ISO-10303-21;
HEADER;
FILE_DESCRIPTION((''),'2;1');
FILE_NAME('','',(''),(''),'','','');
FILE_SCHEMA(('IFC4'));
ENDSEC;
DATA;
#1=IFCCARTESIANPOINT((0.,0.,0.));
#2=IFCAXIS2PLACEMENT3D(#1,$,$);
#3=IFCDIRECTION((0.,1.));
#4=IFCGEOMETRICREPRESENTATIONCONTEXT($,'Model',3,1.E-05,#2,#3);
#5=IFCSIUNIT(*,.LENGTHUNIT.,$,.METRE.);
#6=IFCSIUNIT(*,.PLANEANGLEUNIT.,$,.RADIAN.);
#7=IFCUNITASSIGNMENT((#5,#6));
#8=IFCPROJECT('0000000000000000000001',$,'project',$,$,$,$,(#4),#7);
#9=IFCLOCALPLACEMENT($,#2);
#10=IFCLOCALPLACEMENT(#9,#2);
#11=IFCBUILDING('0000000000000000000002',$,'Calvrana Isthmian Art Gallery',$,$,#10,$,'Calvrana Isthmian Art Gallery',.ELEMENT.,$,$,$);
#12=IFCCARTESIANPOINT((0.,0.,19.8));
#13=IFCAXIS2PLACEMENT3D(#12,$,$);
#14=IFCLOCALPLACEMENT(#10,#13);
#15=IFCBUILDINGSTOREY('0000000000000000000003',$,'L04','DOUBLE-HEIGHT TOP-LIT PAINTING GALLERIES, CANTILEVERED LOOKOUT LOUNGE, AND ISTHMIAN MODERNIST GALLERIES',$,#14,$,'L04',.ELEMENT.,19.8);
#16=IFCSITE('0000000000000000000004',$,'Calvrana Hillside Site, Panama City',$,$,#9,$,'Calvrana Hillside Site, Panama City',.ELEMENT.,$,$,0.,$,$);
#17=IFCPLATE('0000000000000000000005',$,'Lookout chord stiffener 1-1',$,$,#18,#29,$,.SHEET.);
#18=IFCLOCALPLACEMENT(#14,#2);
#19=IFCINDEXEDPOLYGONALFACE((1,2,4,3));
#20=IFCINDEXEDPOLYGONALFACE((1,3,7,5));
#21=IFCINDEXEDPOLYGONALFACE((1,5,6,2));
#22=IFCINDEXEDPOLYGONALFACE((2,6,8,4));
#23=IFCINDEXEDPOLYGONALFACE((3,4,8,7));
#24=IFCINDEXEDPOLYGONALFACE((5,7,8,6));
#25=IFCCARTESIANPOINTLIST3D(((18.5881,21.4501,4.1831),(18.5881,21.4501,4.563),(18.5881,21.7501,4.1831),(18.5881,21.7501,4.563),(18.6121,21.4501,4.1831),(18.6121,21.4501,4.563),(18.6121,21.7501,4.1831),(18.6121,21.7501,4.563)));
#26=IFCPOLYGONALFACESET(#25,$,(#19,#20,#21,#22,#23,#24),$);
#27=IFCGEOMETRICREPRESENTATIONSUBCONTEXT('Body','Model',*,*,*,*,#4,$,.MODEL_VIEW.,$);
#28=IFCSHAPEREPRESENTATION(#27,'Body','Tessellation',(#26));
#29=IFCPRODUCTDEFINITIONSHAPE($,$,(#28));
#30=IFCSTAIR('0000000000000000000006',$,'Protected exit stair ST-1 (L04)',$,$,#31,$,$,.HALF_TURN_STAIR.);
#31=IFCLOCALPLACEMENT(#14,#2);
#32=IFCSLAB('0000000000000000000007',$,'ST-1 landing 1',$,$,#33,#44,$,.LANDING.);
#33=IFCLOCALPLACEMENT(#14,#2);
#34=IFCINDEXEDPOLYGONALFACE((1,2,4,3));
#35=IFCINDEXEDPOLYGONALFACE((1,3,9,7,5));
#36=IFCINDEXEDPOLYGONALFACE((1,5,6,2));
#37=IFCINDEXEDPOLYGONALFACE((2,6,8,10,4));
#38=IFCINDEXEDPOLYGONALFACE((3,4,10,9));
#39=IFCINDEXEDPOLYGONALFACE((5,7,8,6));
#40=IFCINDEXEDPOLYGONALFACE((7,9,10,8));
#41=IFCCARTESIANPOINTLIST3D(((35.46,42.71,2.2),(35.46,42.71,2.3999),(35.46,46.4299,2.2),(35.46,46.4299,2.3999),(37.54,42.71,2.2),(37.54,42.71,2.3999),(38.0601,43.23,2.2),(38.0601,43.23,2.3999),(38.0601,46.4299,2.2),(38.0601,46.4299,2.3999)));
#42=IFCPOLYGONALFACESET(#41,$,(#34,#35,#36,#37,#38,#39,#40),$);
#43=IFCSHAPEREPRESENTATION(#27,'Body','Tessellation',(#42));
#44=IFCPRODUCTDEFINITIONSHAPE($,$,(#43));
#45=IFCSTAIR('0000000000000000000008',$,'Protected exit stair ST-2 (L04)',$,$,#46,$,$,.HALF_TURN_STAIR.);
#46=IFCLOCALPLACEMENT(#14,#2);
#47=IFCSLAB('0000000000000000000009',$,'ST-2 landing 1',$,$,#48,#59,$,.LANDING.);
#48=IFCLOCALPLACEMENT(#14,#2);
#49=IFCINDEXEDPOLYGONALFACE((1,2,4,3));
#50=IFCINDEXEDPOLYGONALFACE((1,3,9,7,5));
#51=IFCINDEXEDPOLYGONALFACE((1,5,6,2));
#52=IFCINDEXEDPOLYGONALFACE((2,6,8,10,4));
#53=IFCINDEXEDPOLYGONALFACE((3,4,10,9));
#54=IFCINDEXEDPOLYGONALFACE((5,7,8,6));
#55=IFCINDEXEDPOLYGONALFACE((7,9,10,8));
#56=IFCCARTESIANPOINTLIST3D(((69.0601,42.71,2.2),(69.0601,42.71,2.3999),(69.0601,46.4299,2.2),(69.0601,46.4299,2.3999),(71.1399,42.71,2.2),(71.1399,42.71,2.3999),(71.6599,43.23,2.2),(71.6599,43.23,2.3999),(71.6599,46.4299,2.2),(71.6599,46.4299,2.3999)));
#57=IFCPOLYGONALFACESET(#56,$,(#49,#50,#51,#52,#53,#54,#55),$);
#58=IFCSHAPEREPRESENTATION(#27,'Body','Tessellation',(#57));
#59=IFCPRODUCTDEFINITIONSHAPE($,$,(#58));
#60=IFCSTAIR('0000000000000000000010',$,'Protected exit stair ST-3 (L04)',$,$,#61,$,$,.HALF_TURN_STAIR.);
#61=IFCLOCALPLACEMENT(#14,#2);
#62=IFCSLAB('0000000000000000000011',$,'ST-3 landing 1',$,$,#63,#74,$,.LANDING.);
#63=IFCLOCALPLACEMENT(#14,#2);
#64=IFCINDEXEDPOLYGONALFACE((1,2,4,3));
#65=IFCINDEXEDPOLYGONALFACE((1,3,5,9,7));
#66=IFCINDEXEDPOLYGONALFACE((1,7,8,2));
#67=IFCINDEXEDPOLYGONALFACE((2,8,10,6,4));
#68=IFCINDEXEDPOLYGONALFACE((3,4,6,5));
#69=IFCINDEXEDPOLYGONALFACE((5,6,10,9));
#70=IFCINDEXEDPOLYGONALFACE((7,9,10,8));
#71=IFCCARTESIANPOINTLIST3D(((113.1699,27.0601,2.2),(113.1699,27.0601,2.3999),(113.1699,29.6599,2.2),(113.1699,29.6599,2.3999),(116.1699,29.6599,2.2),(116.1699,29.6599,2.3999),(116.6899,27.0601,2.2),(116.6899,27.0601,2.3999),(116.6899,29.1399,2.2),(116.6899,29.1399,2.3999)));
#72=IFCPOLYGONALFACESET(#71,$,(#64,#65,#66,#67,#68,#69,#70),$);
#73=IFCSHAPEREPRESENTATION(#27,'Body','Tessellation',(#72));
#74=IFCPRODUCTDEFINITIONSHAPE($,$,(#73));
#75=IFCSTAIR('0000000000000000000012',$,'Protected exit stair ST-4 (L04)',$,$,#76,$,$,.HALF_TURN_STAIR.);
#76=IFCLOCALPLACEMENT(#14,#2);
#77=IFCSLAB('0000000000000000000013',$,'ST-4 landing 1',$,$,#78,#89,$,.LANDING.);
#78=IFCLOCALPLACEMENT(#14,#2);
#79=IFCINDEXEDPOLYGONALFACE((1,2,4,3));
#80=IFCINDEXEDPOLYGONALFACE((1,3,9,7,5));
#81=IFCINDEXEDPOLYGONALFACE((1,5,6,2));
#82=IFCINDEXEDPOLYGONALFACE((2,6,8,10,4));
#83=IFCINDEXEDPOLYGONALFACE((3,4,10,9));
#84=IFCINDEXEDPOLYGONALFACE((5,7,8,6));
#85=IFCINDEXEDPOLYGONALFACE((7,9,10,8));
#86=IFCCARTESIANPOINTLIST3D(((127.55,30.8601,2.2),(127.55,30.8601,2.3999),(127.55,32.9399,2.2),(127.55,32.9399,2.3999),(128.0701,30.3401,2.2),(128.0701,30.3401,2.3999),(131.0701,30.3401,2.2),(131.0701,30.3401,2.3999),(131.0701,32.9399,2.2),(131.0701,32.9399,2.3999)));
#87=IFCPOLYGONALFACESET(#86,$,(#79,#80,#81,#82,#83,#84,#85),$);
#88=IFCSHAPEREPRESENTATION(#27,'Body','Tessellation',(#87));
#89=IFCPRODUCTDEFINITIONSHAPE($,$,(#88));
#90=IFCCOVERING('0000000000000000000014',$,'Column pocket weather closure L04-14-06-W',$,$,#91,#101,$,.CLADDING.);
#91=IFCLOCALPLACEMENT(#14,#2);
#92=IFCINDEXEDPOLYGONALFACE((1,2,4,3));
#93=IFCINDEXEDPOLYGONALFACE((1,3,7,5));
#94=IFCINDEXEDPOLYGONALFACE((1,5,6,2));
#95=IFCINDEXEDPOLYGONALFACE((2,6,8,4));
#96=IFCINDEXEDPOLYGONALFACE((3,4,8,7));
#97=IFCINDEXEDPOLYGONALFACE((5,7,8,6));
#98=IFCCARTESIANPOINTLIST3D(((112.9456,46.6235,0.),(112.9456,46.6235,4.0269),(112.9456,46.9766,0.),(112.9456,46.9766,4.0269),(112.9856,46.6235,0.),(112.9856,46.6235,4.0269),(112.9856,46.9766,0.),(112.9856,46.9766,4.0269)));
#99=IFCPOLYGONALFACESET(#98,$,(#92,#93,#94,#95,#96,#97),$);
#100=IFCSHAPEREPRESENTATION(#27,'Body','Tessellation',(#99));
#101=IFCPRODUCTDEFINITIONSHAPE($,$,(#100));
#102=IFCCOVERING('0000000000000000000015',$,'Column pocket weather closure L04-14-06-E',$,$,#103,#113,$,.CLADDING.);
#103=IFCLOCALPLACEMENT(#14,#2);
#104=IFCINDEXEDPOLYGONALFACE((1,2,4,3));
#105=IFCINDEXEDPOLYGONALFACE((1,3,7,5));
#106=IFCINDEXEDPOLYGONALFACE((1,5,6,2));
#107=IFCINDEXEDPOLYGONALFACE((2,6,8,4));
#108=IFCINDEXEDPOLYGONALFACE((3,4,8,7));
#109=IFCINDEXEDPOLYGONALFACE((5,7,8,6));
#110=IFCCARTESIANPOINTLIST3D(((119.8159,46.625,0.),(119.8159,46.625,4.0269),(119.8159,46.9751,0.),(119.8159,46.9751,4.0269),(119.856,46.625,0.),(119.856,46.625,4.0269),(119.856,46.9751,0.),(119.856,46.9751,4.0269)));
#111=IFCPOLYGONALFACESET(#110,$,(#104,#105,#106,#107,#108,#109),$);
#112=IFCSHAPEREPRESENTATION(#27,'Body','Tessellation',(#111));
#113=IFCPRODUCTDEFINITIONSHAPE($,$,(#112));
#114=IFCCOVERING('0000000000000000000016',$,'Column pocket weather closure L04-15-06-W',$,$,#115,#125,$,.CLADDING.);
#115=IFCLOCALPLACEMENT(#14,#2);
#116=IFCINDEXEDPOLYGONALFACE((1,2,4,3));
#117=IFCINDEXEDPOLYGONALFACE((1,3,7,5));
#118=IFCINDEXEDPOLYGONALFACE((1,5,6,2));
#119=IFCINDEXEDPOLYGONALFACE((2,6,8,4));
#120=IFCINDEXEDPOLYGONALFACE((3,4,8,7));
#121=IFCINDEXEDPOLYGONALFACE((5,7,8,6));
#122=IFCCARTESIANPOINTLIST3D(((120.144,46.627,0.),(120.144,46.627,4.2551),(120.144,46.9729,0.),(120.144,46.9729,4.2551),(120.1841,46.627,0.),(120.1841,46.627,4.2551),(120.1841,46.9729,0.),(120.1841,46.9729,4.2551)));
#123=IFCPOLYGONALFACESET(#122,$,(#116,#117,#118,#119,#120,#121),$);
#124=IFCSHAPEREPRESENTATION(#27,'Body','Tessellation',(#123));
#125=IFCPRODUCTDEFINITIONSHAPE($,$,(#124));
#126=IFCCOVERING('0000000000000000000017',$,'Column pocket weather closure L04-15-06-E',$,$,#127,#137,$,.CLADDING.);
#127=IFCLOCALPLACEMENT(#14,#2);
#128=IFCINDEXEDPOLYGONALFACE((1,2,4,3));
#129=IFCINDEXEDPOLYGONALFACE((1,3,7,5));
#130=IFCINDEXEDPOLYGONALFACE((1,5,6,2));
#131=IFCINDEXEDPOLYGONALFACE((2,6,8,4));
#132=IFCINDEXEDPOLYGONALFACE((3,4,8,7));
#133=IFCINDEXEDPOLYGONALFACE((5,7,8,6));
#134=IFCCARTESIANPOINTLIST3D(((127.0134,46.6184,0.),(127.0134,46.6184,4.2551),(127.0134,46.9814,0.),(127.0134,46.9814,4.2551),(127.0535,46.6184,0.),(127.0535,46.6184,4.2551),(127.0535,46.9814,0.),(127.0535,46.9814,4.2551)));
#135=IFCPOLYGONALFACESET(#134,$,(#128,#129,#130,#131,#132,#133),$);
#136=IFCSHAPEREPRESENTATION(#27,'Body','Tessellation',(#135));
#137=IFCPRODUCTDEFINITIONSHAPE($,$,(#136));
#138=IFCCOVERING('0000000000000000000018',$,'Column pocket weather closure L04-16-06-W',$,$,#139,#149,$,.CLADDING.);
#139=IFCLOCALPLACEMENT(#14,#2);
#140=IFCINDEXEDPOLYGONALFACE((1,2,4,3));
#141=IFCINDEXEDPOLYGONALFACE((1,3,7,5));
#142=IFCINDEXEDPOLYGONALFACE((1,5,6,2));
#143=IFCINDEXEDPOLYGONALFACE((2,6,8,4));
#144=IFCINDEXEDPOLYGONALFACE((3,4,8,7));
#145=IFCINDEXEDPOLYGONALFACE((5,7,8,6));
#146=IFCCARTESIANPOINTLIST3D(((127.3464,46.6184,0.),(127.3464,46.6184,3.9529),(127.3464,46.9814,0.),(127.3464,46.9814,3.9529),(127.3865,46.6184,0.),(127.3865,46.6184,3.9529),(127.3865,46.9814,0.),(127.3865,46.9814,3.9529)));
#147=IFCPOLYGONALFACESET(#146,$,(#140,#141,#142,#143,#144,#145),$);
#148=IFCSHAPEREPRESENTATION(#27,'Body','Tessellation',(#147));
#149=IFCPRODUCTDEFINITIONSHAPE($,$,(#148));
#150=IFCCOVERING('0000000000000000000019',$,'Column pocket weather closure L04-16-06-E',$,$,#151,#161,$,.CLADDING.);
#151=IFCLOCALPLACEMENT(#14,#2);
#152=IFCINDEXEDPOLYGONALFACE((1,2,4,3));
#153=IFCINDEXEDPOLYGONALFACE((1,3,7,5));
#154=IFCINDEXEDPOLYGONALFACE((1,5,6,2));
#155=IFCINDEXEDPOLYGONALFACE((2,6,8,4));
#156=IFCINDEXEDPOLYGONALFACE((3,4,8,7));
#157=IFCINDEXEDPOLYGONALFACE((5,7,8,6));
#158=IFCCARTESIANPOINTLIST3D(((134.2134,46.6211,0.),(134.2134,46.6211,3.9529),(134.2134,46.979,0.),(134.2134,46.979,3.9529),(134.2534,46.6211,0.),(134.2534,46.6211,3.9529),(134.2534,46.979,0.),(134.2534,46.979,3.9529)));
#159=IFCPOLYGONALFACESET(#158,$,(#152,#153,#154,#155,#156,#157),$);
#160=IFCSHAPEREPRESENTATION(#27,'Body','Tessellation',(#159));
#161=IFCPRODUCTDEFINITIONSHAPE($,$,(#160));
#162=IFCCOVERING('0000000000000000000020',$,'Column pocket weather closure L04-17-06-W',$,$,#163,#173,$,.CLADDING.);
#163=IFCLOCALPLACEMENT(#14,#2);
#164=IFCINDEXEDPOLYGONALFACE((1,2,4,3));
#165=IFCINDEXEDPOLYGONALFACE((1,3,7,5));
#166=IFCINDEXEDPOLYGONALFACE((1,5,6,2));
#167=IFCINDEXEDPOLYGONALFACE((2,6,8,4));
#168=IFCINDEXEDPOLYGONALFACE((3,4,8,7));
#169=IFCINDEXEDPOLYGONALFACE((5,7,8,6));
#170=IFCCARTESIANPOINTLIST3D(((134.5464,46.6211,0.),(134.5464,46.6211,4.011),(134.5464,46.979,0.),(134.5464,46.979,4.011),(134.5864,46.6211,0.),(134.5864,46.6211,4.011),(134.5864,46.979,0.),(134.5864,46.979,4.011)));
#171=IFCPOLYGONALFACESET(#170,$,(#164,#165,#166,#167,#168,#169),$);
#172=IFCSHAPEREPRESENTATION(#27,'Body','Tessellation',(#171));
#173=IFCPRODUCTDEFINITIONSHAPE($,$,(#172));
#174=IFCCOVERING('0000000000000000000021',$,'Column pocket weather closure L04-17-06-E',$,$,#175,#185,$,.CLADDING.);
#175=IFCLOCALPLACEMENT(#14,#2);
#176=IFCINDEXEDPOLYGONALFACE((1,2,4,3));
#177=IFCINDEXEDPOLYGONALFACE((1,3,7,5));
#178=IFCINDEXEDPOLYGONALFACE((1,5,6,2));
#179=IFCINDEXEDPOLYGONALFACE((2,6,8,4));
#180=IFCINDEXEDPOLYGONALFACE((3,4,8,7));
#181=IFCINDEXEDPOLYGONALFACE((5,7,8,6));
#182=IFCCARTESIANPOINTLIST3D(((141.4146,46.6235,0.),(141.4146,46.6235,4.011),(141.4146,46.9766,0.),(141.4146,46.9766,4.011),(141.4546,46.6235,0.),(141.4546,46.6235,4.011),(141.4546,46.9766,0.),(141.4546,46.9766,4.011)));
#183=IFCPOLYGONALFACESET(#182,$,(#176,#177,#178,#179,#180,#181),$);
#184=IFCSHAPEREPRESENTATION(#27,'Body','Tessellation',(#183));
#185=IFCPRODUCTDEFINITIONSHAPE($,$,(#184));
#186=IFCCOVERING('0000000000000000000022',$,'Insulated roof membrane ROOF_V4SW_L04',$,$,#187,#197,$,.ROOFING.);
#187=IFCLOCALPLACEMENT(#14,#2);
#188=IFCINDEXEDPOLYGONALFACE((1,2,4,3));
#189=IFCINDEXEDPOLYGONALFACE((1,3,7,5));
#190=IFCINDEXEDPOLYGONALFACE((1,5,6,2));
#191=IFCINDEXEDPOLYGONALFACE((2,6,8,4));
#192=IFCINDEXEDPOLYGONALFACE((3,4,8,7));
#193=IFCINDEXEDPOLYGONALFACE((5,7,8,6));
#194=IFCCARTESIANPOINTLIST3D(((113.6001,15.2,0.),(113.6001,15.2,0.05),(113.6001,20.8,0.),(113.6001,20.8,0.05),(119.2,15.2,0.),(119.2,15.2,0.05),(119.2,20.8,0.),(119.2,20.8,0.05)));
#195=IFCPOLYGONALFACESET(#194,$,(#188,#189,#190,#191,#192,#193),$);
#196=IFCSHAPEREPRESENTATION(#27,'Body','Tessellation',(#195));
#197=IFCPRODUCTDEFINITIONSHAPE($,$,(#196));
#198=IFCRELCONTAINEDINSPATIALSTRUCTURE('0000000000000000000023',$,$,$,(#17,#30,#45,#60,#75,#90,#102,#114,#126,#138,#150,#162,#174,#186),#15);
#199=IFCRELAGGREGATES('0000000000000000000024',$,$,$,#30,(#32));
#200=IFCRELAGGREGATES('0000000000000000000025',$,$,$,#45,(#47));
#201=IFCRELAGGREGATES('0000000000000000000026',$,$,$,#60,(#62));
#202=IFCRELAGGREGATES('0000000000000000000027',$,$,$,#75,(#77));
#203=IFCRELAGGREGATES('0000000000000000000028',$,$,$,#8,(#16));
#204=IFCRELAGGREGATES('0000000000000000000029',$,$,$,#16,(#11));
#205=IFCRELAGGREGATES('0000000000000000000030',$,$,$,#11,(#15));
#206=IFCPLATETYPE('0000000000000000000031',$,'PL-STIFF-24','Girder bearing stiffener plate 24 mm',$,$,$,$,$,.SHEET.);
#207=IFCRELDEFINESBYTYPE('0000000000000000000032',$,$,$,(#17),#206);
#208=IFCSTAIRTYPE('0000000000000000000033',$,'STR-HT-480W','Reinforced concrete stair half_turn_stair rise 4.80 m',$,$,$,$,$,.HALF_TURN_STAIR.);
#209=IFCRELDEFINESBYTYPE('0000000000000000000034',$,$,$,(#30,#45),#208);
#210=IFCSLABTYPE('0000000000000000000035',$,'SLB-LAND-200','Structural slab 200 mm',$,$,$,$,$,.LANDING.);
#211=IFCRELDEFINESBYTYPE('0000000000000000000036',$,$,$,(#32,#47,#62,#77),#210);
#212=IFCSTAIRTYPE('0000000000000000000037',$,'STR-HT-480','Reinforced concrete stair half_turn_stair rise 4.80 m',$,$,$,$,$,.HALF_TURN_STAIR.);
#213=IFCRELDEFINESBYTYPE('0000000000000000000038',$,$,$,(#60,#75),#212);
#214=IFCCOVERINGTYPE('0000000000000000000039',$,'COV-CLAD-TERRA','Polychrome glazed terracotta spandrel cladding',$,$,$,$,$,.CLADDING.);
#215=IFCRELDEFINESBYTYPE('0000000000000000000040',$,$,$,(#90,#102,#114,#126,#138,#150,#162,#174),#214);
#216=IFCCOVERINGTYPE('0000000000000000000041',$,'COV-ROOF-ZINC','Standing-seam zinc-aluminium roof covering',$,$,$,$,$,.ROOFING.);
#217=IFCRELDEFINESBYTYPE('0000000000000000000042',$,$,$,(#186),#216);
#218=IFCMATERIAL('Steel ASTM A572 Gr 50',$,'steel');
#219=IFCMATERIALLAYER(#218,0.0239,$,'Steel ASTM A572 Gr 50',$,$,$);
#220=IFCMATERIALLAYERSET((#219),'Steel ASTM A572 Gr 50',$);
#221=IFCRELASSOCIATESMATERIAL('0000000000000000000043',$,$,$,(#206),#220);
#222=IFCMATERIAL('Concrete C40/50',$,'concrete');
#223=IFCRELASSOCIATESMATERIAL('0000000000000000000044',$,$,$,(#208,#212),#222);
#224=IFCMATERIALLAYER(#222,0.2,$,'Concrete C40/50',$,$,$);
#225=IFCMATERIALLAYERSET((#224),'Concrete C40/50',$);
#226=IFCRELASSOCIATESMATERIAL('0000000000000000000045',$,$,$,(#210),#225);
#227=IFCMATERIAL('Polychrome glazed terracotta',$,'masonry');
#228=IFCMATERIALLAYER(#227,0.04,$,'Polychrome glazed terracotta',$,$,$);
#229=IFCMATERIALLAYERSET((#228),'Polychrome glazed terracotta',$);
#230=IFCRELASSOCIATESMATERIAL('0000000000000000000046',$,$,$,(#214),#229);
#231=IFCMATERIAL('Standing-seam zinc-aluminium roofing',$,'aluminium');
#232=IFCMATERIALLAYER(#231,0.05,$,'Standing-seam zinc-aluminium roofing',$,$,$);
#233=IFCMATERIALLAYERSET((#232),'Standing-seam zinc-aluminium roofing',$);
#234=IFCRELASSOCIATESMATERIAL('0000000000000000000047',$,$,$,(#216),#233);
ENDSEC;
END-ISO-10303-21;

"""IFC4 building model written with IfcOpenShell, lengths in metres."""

from ifc_helpers import new_model, si_unit, direction, frame, origin, origin_2d, place, context, subcontext, project, spatial, polyline, rectangle, outline, extrude, material, layer, layer_set, type_object, element, aggregate, save


model = new_model("IFC4")

# Units and contexts
model_context = context("Model", 3, precision=1e-05, world=origin(), true_north=direction((0.0, 1.0)))
body_context = subcontext(model_context, "Body", "Model", "MODEL_VIEW")
ifc_project = project(units=[si_unit("LENGTHUNIT", "METRE"), si_unit("PLANEANGLEUNIT", "RADIAN")], contexts=[model_context])

# Site, building, storey
site_placement = place(None, origin())
site = spatial("IfcSite", under=ifc_project, at=site_placement, Name="Calvrana Hillside Site, Panama City", LongName="Calvrana Hillside Site, Panama City", CompositionType="ELEMENT", RefElevation=0.0)
building_placement = place(site_placement, origin())
building = spatial("IfcBuilding", under=site, at=building_placement, Name="Calvrana Isthmian Art Gallery", LongName="Calvrana Isthmian Art Gallery", CompositionType="ELEMENT")
storey_placement = place(building_placement, frame((0.0, 0.0, 19.8)))
storey = spatial("IfcBuildingStorey", under=building, at=storey_placement, Name="L04", Description="DOUBLE-HEIGHT TOP-LIT PAINTING GALLERIES, CANTILEVERED LOOKOUT LOUNGE, AND ISTHMIAN MODERNIST GALLERIES", LongName="L04", CompositionType="ELEMENT", Elevation=19.8)

# Plate
ifc_material_1 = material(Name="Steel ASTM A572 Gr 50", Category="steel")
ifc_layer_1 = layer(ifc_material_1, 0.0239, Name="Steel ASTM A572 Gr 50")
ifc_layer_set_1 = layer_set([ifc_layer_1], Name="Steel ASTM A572 Gr 50")
plate_type_1 = type_object("IfcPlateType", Name="PL-STIFF-24", Description="Girder bearing stiffener plate 24 mm", PredefinedType="SHEET", material=ifc_layer_set_1)
plate_1_placement = place(storey_placement, frame((18.6001, 21.6001, 4.1831), z_axis=(0.0, 0.0, 1.0), x_axis=(1.0, 0.0, 0.0)))
element("IfcPlate", 1, at=plate_1_placement, inside=storey, type_object=plate_type_1, Name="Lookout chord stiffener 1-1", PredefinedType="SHEET", context=body_context, shape_type="SweptSolid", body=[
    extrude(rectangle(XDim=0.0239, YDim=0.3, at=origin_2d()), origin(), (0.0, 0.0, 1.0), 0.3799),
])

# Stairs, slabs
ifc_material_2 = material(Name="Concrete C40/50", Category="concrete")
stair_type_1 = type_object("IfcStairType", Name="STR-HT-480W", Description="Reinforced concrete stair half_turn_stair rise 4.80 m", PredefinedType="HALF_TURN_STAIR", material=ifc_material_2)
stair_1_placement = place(storey_placement, origin())
stair_1 = element("IfcStair", 2, at=stair_1_placement, inside=storey, type_object=stair_type_1, Name="Protected exit stair ST-1 (L04)", PredefinedType="HALF_TURN_STAIR")
ifc_layer_2 = layer(ifc_material_2, 0.2, Name="Concrete C40/50")
ifc_layer_set_2 = layer_set([ifc_layer_2], Name="Concrete C40/50")
slab_type = type_object("IfcSlabType", Name="SLB-LAND-200", Description="Structural slab 200 mm", PredefinedType="LANDING", material=ifc_layer_set_2)
slab_1_placement = place(storey_placement, frame((0.0, 0.0, 2.2)))
slab_1 = element("IfcSlab", 3, at=slab_1_placement, type_object=slab_type, Name="ST-1 landing 1", PredefinedType="LANDING", context=body_context, shape_type="SweptSolid", body=[
    extrude(outline(polyline([(35.46, 42.71), (37.54, 42.71), (38.0601, 43.23), (38.0601, 46.4299), (35.46, 46.4299), (35.46, 42.71)])), origin(), (0.0, 0.0, 1.0), 0.2),
])
aggregate(stair_1, [slab_1])
stair_2_placement = place(storey_placement, origin())
stair_2 = element("IfcStair", 4, at=stair_2_placement, inside=storey, type_object=stair_type_1, Name="Protected exit stair ST-2 (L04)", PredefinedType="HALF_TURN_STAIR")
slab_2_placement = place(storey_placement, frame((0.0, 0.0, 2.2)))
slab_2 = element("IfcSlab", 5, at=slab_2_placement, type_object=slab_type, Name="ST-2 landing 1", PredefinedType="LANDING", context=body_context, shape_type="SweptSolid", body=[
    extrude(outline(polyline([(69.0601, 42.71), (71.1399, 42.71), (71.6599, 43.23), (71.6599, 46.4299), (69.0601, 46.4299), (69.0601, 42.71)])), origin(), (0.0, 0.0, 1.0), 0.2),
])
aggregate(stair_2, [slab_2])
stair_type_2 = type_object("IfcStairType", Name="STR-HT-480", Description="Reinforced concrete stair half_turn_stair rise 4.80 m", PredefinedType="HALF_TURN_STAIR", material=ifc_material_2)
stair_3_placement = place(storey_placement, origin())
stair_3 = element("IfcStair", 6, at=stair_3_placement, inside=storey, type_object=stair_type_2, Name="Protected exit stair ST-3 (L04)", PredefinedType="HALF_TURN_STAIR")
slab_3_placement = place(storey_placement, frame((0.0, 0.0, 2.2)))
slab_3 = element("IfcSlab", 7, at=slab_3_placement, type_object=slab_type, Name="ST-3 landing 1", PredefinedType="LANDING", context=body_context, shape_type="SweptSolid", body=[
    extrude(outline(polyline([(116.6899, 27.0601), (116.6899, 29.1399), (116.1699, 29.6599), (113.1699, 29.6599), (113.1699, 27.0601), (116.6899, 27.0601)])), origin(), (0.0, 0.0, 1.0), 0.2),
])
aggregate(stair_3, [slab_3])
stair_4_placement = place(storey_placement, origin())
stair_4 = element("IfcStair", 8, at=stair_4_placement, inside=storey, type_object=stair_type_2, Name="Protected exit stair ST-4 (L04)", PredefinedType="HALF_TURN_STAIR")
slab_4_placement = place(storey_placement, frame((0.0, 0.0, 2.2)))
slab_4 = element("IfcSlab", 9, at=slab_4_placement, type_object=slab_type, Name="ST-4 landing 1", PredefinedType="LANDING", context=body_context, shape_type="SweptSolid", body=[
    extrude(outline(polyline([(127.55, 32.9399), (127.55, 30.8601), (128.0701, 30.3401), (131.0701, 30.3401), (131.0701, 32.9399), (127.55, 32.9399)])), origin(), (0.0, 0.0, 1.0), 0.2),
])
aggregate(stair_4, [slab_4])

# Coverings
ifc_material_3 = material(Name="Polychrome glazed terracotta", Category="masonry")
ifc_layer_3 = layer(ifc_material_3, 0.04, Name="Polychrome glazed terracotta")
ifc_layer_set_3 = layer_set([ifc_layer_3], Name="Polychrome glazed terracotta")
covering_type_1 = type_object("IfcCoveringType", Name="COV-CLAD-TERRA", Description="Polychrome glazed terracotta spandrel cladding", PredefinedType="CLADDING", material=ifc_layer_set_3)
covering_1_placement = place(storey_placement, origin())
element("IfcCovering", 10, at=covering_1_placement, inside=storey, type_object=covering_type_1, Name="Column pocket weather closure L04-14-06-W", PredefinedType="CLADDING", context=body_context, shape_type="SweptSolid", body=[
    extrude(outline(polyline([(112.9456, 46.6235), (112.9856, 46.6235), (112.9856, 46.9766), (112.9456, 46.9766), (112.9456, 46.6235)])), origin(), (0.0, 0.0, 1.0), 4.0269),
])
covering_2_placement = place(storey_placement, origin())
element("IfcCovering", 11, at=covering_2_placement, inside=storey, type_object=covering_type_1, Name="Column pocket weather closure L04-14-06-E", PredefinedType="CLADDING", context=body_context, shape_type="SweptSolid", body=[
    extrude(outline(polyline([(119.8159, 46.625), (119.856, 46.625), (119.856, 46.9751), (119.8159, 46.9751), (119.8159, 46.625)])), origin(), (0.0, 0.0, 1.0), 4.0269),
])
covering_3_placement = place(storey_placement, origin())
element("IfcCovering", 12, at=covering_3_placement, inside=storey, type_object=covering_type_1, Name="Column pocket weather closure L04-15-06-W", PredefinedType="CLADDING", context=body_context, shape_type="SweptSolid", body=[
    extrude(outline(polyline([(120.144, 46.627), (120.1841, 46.627), (120.1841, 46.9729), (120.144, 46.9729), (120.144, 46.627)])), origin(), (0.0, 0.0, 1.0), 4.2551),
])
covering_4_placement = place(storey_placement, origin())
element("IfcCovering", 13, at=covering_4_placement, inside=storey, type_object=covering_type_1, Name="Column pocket weather closure L04-15-06-E", PredefinedType="CLADDING", context=body_context, shape_type="SweptSolid", body=[
    extrude(outline(polyline([(127.0134, 46.6184), (127.0535, 46.6184), (127.0535, 46.9814), (127.0134, 46.9814), (127.0134, 46.6184)])), origin(), (0.0, 0.0, 1.0), 4.2551),
])
covering_5_placement = place(storey_placement, origin())
element("IfcCovering", 14, at=covering_5_placement, inside=storey, type_object=covering_type_1, Name="Column pocket weather closure L04-16-06-W", PredefinedType="CLADDING", context=body_context, shape_type="SweptSolid", body=[
    extrude(outline(polyline([(127.3464, 46.6184), (127.3865, 46.6184), (127.3865, 46.9814), (127.3464, 46.9814), (127.3464, 46.6184)])), origin(), (0.0, 0.0, 1.0), 3.9529),
])
covering_6_placement = place(storey_placement, origin())
element("IfcCovering", 15, at=covering_6_placement, inside=storey, type_object=covering_type_1, Name="Column pocket weather closure L04-16-06-E", PredefinedType="CLADDING", context=body_context, shape_type="SweptSolid", body=[
    extrude(outline(polyline([(134.2134, 46.6211), (134.2534, 46.6211), (134.2534, 46.979), (134.2134, 46.979), (134.2134, 46.6211)])), origin(), (0.0, 0.0, 1.0), 3.9529),
])
covering_7_placement = place(storey_placement, origin())
element("IfcCovering", 16, at=covering_7_placement, inside=storey, type_object=covering_type_1, Name="Column pocket weather closure L04-17-06-W", PredefinedType="CLADDING", context=body_context, shape_type="SweptSolid", body=[
    extrude(outline(polyline([(134.5464, 46.6211), (134.5864, 46.6211), (134.5864, 46.979), (134.5464, 46.979), (134.5464, 46.6211)])), origin(), (0.0, 0.0, 1.0), 4.011),
])
covering_8_placement = place(storey_placement, origin())
element("IfcCovering", 17, at=covering_8_placement, inside=storey, type_object=covering_type_1, Name="Column pocket weather closure L04-17-06-E", PredefinedType="CLADDING", context=body_context, shape_type="SweptSolid", body=[
    extrude(outline(polyline([(141.4146, 46.6235), (141.4546, 46.6235), (141.4546, 46.9766), (141.4146, 46.9766), (141.4146, 46.6235)])), origin(), (0.0, 0.0, 1.0), 4.011),
])
ifc_material_4 = material(Name="Standing-seam zinc-aluminium roofing", Category="aluminium")
ifc_layer_4 = layer(ifc_material_4, 0.05, Name="Standing-seam zinc-aluminium roofing")
ifc_layer_set_4 = layer_set([ifc_layer_4], Name="Standing-seam zinc-aluminium roofing")
covering_type_2 = type_object("IfcCoveringType", Name="COV-ROOF-ZINC", Description="Standing-seam zinc-aluminium roof covering", PredefinedType="ROOFING", material=ifc_layer_set_4)
covering_9_placement = place(storey_placement, origin())
element("IfcCovering", 18, at=covering_9_placement, inside=storey, type_object=covering_type_2, Name="Insulated roof membrane ROOF_V4SW_L04", PredefinedType="ROOFING", context=body_context, shape_type="SweptSolid", body=[
    extrude(outline(polyline([(113.6001, 15.2), (119.2, 15.2), (119.2, 20.8), (113.6001, 20.8), (113.6001, 15.2)])), origin(), (0.0, 0.0, 1.0), 0.05),
])

save(model, "model.ifc")
